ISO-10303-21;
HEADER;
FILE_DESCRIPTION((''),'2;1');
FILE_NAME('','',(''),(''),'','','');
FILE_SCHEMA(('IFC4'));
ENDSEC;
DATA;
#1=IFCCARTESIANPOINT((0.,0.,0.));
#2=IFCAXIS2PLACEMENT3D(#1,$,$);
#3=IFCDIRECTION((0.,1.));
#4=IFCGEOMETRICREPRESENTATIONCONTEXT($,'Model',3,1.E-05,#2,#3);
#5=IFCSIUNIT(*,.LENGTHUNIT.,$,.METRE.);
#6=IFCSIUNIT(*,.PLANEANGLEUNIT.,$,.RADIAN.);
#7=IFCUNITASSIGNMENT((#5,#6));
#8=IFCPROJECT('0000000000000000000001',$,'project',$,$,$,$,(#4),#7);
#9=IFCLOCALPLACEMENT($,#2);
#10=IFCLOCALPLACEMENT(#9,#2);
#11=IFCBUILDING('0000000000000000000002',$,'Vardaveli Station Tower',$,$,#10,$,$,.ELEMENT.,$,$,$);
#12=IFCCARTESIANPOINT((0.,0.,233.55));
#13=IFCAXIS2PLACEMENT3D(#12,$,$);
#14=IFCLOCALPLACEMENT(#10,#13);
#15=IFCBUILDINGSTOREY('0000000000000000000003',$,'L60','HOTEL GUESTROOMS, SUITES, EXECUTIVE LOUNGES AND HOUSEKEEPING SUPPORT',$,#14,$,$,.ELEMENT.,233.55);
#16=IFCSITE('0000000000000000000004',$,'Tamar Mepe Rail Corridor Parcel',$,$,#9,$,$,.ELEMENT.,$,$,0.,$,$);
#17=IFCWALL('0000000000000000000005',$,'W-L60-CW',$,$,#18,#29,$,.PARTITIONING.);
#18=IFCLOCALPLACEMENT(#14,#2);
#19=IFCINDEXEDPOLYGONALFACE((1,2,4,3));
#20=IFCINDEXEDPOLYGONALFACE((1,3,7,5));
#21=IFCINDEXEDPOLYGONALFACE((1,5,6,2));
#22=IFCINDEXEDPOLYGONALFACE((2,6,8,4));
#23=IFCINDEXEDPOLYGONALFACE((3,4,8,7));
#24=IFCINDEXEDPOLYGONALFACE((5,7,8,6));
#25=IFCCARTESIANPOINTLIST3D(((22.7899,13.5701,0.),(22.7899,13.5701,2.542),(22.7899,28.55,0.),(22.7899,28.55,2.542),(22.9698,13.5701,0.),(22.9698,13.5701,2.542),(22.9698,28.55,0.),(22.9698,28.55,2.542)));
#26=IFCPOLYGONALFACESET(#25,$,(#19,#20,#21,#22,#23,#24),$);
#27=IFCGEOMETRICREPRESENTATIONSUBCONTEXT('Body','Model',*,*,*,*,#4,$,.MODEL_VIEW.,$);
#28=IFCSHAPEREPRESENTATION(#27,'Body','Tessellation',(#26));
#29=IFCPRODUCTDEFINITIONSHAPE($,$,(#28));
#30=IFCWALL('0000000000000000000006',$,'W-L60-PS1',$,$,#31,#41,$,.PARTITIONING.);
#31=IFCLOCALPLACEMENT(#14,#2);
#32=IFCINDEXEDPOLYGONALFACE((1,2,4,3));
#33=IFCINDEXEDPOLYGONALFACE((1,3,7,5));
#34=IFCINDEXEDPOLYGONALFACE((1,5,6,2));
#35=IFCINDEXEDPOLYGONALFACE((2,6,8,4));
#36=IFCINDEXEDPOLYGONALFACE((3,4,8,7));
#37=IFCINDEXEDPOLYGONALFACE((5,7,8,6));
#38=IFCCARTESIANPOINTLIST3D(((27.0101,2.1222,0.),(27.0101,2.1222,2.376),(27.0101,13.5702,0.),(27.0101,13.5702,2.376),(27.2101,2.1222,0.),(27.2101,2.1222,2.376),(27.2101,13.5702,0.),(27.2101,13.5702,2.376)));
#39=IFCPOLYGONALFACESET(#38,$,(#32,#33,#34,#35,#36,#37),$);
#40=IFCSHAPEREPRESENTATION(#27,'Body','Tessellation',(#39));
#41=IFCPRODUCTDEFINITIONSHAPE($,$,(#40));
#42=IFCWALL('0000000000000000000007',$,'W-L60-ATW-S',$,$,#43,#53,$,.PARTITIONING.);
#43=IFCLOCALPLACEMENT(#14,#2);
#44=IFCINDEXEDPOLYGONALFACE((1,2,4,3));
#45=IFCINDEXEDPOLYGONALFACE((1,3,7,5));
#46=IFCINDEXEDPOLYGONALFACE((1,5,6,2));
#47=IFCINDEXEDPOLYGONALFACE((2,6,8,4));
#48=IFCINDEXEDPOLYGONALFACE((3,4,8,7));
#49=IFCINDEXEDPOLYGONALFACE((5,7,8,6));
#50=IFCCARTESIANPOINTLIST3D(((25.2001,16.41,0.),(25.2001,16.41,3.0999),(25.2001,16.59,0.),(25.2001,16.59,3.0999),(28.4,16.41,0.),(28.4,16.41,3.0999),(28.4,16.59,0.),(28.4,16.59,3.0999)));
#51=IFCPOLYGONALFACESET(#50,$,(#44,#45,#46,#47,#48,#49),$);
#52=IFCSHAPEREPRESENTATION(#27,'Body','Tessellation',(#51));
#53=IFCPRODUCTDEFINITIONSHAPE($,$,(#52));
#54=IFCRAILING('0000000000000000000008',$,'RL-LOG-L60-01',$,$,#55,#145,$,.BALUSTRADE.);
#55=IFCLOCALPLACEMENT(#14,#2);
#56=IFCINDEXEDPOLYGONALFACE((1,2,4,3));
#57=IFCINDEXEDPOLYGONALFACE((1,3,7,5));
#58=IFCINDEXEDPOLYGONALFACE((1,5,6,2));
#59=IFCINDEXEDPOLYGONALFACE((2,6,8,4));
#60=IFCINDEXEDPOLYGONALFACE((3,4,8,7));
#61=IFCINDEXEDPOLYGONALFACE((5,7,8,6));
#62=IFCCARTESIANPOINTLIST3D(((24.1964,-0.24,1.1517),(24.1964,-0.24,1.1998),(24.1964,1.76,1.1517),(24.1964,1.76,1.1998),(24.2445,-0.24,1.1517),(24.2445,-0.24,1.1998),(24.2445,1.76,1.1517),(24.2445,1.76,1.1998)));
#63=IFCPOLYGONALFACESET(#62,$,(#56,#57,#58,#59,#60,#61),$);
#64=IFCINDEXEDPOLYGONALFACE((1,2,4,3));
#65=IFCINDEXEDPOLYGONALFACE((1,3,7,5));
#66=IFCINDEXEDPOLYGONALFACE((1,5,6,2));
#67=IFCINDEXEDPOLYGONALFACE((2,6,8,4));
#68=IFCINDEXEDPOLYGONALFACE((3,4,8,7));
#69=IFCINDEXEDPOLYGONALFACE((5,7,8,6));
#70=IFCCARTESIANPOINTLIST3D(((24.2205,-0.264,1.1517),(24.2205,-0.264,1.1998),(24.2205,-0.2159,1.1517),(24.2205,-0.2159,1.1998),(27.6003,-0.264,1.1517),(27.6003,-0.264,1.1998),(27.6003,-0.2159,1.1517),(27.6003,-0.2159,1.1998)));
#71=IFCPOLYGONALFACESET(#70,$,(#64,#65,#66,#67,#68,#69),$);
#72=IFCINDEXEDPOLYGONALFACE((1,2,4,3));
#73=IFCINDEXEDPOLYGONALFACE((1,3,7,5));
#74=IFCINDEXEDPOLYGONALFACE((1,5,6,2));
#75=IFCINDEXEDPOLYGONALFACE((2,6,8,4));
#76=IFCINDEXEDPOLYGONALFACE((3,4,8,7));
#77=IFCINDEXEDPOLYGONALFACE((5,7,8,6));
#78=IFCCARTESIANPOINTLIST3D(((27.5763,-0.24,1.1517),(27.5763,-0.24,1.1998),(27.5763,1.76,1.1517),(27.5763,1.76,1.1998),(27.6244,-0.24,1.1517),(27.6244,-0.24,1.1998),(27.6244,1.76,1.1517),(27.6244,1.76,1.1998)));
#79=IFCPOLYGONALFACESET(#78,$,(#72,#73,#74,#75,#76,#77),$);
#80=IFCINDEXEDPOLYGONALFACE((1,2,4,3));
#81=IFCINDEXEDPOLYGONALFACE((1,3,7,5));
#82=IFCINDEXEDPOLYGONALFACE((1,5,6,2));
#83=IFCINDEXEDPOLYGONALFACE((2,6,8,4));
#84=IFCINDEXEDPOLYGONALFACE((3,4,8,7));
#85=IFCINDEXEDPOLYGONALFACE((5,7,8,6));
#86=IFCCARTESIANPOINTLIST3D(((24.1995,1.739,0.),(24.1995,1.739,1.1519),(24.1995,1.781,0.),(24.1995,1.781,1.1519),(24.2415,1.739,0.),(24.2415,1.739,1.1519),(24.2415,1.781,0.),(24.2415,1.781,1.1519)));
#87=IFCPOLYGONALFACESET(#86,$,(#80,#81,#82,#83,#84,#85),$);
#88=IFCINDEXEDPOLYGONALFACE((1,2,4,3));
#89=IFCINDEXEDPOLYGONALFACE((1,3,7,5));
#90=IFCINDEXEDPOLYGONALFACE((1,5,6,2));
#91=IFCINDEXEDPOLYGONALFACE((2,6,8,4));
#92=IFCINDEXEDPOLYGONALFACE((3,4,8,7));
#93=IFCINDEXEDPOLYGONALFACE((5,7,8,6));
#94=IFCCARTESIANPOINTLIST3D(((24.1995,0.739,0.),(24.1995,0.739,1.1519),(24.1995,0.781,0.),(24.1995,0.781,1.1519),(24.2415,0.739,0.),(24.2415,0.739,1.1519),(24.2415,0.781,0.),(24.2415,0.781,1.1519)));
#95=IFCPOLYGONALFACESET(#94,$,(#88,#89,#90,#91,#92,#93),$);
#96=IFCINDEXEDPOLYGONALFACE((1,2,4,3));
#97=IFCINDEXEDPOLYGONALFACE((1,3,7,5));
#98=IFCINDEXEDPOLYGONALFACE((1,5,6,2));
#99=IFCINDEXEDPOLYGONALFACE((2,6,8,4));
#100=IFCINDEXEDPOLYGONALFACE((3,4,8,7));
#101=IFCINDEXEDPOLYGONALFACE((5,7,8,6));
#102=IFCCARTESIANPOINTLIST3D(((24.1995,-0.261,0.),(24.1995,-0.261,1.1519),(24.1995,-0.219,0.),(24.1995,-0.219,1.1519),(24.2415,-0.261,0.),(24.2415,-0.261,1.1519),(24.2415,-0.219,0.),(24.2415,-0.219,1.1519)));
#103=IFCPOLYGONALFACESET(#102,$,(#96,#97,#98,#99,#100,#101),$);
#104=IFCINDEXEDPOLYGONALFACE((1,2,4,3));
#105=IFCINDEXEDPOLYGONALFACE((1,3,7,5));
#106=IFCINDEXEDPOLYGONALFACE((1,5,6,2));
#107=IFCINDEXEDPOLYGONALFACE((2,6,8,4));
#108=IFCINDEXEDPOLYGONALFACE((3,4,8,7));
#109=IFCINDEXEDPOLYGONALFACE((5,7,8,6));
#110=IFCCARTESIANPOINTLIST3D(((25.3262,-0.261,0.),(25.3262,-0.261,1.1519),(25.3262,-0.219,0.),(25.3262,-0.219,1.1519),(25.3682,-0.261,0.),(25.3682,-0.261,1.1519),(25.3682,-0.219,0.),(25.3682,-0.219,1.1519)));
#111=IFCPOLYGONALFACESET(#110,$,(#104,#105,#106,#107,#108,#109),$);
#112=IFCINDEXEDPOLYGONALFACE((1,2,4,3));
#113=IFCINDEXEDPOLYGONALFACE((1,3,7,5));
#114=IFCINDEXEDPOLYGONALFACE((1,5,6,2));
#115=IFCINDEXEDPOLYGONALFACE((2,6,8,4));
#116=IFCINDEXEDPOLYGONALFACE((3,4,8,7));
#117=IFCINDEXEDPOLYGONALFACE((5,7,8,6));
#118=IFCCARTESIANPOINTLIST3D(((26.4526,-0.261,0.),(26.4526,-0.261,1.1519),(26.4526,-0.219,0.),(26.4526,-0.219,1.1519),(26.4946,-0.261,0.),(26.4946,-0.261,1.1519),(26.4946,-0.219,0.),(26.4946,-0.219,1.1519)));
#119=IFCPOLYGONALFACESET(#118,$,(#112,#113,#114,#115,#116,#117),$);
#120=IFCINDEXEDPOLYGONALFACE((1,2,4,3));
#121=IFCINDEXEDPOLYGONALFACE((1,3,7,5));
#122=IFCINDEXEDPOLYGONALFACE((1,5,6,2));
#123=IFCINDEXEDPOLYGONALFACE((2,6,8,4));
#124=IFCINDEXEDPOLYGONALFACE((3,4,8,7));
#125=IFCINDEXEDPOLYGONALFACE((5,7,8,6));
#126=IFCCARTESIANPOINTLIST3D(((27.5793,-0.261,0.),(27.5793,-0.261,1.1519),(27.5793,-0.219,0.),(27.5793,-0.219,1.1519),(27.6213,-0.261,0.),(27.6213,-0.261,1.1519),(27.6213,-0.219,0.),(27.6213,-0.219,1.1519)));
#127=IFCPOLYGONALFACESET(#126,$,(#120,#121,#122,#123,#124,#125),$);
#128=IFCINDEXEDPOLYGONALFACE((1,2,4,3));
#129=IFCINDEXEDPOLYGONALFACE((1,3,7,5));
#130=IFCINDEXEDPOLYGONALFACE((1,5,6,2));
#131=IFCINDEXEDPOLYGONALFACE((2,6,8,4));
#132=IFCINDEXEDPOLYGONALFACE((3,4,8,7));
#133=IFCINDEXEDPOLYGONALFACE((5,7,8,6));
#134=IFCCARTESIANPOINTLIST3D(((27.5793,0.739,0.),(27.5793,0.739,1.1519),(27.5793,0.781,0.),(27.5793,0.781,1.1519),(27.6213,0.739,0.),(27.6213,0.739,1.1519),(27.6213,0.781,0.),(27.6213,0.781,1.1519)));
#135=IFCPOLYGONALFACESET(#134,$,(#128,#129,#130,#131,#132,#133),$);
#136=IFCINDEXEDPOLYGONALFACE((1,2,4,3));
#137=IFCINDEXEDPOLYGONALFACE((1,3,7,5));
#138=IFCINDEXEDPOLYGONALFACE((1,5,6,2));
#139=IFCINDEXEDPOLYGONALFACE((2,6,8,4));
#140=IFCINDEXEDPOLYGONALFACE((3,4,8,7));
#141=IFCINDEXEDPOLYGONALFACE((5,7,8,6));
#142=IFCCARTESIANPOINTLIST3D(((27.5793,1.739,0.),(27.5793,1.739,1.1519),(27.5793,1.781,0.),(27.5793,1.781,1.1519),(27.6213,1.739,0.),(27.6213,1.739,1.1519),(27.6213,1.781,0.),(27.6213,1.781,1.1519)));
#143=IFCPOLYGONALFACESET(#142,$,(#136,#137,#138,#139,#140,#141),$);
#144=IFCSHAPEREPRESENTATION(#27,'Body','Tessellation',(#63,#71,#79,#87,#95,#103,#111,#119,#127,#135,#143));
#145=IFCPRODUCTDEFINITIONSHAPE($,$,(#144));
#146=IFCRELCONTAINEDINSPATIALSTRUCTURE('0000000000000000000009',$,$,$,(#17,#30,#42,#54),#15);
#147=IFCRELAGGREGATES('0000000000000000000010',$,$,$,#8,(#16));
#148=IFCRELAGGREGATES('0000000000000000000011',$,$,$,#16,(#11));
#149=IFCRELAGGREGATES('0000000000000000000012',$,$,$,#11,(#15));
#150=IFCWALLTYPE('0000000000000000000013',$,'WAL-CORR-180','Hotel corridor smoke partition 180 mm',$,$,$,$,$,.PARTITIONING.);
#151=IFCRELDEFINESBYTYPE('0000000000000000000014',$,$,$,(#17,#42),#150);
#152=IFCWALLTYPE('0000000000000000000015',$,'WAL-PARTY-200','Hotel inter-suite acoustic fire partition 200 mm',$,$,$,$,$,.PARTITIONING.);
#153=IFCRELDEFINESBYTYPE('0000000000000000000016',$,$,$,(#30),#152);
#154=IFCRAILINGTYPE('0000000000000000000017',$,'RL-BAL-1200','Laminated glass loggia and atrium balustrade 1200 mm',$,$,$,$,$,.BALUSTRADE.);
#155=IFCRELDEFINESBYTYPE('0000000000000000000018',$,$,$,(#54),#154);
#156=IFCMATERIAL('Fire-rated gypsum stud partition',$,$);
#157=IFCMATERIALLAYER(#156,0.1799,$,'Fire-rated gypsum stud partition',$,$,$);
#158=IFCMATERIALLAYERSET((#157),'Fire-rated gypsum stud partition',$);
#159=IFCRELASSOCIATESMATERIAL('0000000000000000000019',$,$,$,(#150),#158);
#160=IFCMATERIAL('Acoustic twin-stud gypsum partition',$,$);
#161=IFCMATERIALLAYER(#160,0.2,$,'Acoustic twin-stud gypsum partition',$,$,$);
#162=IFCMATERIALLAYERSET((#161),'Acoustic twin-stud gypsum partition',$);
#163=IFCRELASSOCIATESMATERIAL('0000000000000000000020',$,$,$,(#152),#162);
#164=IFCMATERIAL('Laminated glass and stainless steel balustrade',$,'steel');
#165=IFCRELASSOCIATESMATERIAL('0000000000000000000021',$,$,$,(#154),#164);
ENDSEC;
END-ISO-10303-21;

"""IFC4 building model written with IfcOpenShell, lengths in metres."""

from ifc_helpers import new_model, si_unit, direction, frame, frame_2d, origin, origin_2d, place, context, subcontext, project, spatial, rectangle, extrude, source, transform, mapped, material, layer, layer_set, type_object, element, save


model = new_model("IFC4")

# Units and contexts
model_context = context("Model", 3, precision=1e-05, world=origin(), true_north=direction((0.0, 1.0)))
body_context = subcontext(model_context, "Body", "Model", "MODEL_VIEW")
ifc_project = project(units=[si_unit("LENGTHUNIT", "METRE"), si_unit("PLANEANGLEUNIT", "RADIAN")], contexts=[model_context])

# Site, building, storey
site_placement = place(None, origin())
site = spatial("IfcSite", under=ifc_project, at=site_placement, Name="Tamar Mepe Rail Corridor Parcel", CompositionType="ELEMENT", RefElevation=0.0)
building_placement = place(site_placement, origin())
building = spatial("IfcBuilding", under=site, at=building_placement, Name="Vardaveli Station Tower", CompositionType="ELEMENT")
storey_placement = place(building_placement, frame((0.0, 0.0, 233.55)))
storey = spatial("IfcBuildingStorey", under=building, at=storey_placement, Name="L60", Description="HOTEL GUESTROOMS, SUITES, EXECUTIVE LOUNGES AND HOUSEKEEPING SUPPORT", CompositionType="ELEMENT", Elevation=233.55)

# Shared definitions
ifc_material_1 = material(Name="Fire-rated gypsum stud partition")
ifc_layer_1 = layer(ifc_material_1, 0.1799, Name="Fire-rated gypsum stud partition")
ifc_layer_set_1 = layer_set([ifc_layer_1], Name="Fire-rated gypsum stud partition")
wall_type_1 = type_object("IfcWallType", Name="WAL-CORR-180", Description="Hotel corridor smoke partition 180 mm", PredefinedType="PARTITIONING", material=ifc_layer_set_1)

# Walls
shared_shape_1 = source(origin(), body_context, "Body", "SweptSolid", [
    extrude(rectangle(XDim=14.98, YDim=0.1799, at=frame_2d((7.49, 0.0))), origin(), (0.0, 0.0, 1.0), 2.542),
])
wall_1_placement = place(storey_placement, frame((22.8799, 13.5701, 0.0), z_axis=(0.0, 0.0, 1.0), x_axis=(0.0, 1.0, 0.0)))
element("IfcWall", 1, at=wall_1_placement, inside=storey, type_object=wall_type_1, Name="W-L60-CW", PredefinedType="PARTITIONING", context=body_context, shape_type="MappedRepresentation", body=[
    mapped(shared_shape_1, transform((0.0, 0.0, 0.0), scale=1.0)),
])
ifc_material_2 = material(Name="Acoustic twin-stud gypsum partition")
ifc_layer_2 = layer(ifc_material_2, 0.2, Name="Acoustic twin-stud gypsum partition")
ifc_layer_set_2 = layer_set([ifc_layer_2], Name="Acoustic twin-stud gypsum partition")
wall_type_2 = type_object("IfcWallType", Name="WAL-PARTY-200", Description="Hotel inter-suite acoustic fire partition 200 mm", PredefinedType="PARTITIONING", material=ifc_layer_set_2)
shared_shape_2 = source(origin(), body_context, "Body", "SweptSolid", [
    extrude(rectangle(XDim=11.448, YDim=0.2, at=frame_2d((5.7241, 0.0))), origin(), (0.0, 0.0, 1.0), 2.376),
])
wall_2_placement = place(storey_placement, frame((27.1101, 2.1221, 0.0), z_axis=(0.0, 0.0, 1.0), x_axis=(0.0, 1.0, 0.0)))
element("IfcWall", 2, at=wall_2_placement, inside=storey, type_object=wall_type_2, Name="W-L60-PS1", PredefinedType="PARTITIONING", context=body_context, shape_type="MappedRepresentation", body=[
    mapped(shared_shape_2, transform((0.0, 0.0, 0.0), scale=1.0)),
])
shared_shape_3 = source(origin(), body_context, "Body", "SweptSolid", [
    extrude(rectangle(XDim=3.2, YDim=0.1799, at=frame_2d((1.6001, 0.0))), origin(), (0.0, 0.0, 1.0), 3.0999),
])
wall_3_placement = place(storey_placement, frame((25.2, 16.5, 0.0), z_axis=(0.0, 0.0, 1.0), x_axis=(1.0, 0.0, 0.0)))
element("IfcWall", 3, at=wall_3_placement, inside=storey, type_object=wall_type_1, Name="W-L60-ATW-S", PredefinedType="PARTITIONING", context=body_context, shape_type="MappedRepresentation", body=[
    mapped(shared_shape_3, transform((0.0, 0.0, 0.0), scale=1.0)),
])

# Railing
ifc_material_3 = material(Name="Laminated glass and stainless steel balustrade", Category="steel")
railing_type = type_object("IfcRailingType", Name="RL-BAL-1200", Description="Laminated glass loggia and atrium balustrade 1200 mm", PredefinedType="BALUSTRADE", material=ifc_material_3)
shared_shape_4 = source(origin(), body_context, "Body", "SweptSolid", [
    extrude(rectangle(XDim=0.0481, YDim=0.0481, at=origin_2d()), frame((0.0, 0.0, 1.1758), z_axis=(0.0, -1.0, 0.0), x_axis=(1.0, 0.0, 0.0)), (0.0, 0.0, 1.0), 2.0),
    extrude(rectangle(XDim=0.0481, YDim=0.0481, at=origin_2d()), frame((0.0, -2.0, 1.1758), z_axis=(1.0, 0.0, 0.0), x_axis=(0.0, 1.0, 0.0)), (0.0, 0.0, 1.0), 3.3799),
    extrude(rectangle(XDim=0.0481, YDim=0.0481, at=origin_2d()), frame((3.3799, -2.0, 1.1758), z_axis=(0.0, 1.0, 0.0), x_axis=(-1.0, 0.0, 0.0)), (0.0, 0.0, 1.0), 2.0),
    extrude(rectangle(XDim=0.042, YDim=0.042, at=origin_2d()), origin(), (0.0, 0.0, 1.0), 1.1519),
    extrude(rectangle(XDim=0.042, YDim=0.042, at=origin_2d()), frame((0.0, -1.0, 0.0)), (0.0, 0.0, 1.0), 1.1519),
    extrude(rectangle(XDim=0.042, YDim=0.042, at=origin_2d()), frame((0.0, -2.0, 0.0)), (0.0, 0.0, 1.0), 1.1519),
    extrude(rectangle(XDim=0.042, YDim=0.042, at=origin_2d()), frame((1.1267, -2.0, 0.0)), (0.0, 0.0, 1.0), 1.1519),
    extrude(rectangle(XDim=0.042, YDim=0.042, at=origin_2d()), frame((2.2532, -2.0, 0.0)), (0.0, 0.0, 1.0), 1.1519),
    extrude(rectangle(XDim=0.042, YDim=0.042, at=origin_2d()), frame((3.3799, -2.0, 0.0)), (0.0, 0.0, 1.0), 1.1519),
    extrude(rectangle(XDim=0.042, YDim=0.042, at=origin_2d()), frame((3.3799, -1.0, 0.0)), (0.0, 0.0, 1.0), 1.1519),
    extrude(rectangle(XDim=0.042, YDim=0.042, at=origin_2d()), frame((3.3799, 0.0, 0.0)), (0.0, 0.0, 1.0), 1.1519),
])
railing_placement = place(storey_placement, frame((24.2205, 1.76, 0.0)))
element("IfcRailing", 4, at=railing_placement, inside=storey, type_object=railing_type, Name="RL-LOG-L60-01", PredefinedType="BALUSTRADE", context=body_context, shape_type="MappedRepresentation", body=[
    mapped(shared_shape_4, transform((0.0, 0.0, 0.0), scale=1.0)),
])

save(model, "model.ifc")
